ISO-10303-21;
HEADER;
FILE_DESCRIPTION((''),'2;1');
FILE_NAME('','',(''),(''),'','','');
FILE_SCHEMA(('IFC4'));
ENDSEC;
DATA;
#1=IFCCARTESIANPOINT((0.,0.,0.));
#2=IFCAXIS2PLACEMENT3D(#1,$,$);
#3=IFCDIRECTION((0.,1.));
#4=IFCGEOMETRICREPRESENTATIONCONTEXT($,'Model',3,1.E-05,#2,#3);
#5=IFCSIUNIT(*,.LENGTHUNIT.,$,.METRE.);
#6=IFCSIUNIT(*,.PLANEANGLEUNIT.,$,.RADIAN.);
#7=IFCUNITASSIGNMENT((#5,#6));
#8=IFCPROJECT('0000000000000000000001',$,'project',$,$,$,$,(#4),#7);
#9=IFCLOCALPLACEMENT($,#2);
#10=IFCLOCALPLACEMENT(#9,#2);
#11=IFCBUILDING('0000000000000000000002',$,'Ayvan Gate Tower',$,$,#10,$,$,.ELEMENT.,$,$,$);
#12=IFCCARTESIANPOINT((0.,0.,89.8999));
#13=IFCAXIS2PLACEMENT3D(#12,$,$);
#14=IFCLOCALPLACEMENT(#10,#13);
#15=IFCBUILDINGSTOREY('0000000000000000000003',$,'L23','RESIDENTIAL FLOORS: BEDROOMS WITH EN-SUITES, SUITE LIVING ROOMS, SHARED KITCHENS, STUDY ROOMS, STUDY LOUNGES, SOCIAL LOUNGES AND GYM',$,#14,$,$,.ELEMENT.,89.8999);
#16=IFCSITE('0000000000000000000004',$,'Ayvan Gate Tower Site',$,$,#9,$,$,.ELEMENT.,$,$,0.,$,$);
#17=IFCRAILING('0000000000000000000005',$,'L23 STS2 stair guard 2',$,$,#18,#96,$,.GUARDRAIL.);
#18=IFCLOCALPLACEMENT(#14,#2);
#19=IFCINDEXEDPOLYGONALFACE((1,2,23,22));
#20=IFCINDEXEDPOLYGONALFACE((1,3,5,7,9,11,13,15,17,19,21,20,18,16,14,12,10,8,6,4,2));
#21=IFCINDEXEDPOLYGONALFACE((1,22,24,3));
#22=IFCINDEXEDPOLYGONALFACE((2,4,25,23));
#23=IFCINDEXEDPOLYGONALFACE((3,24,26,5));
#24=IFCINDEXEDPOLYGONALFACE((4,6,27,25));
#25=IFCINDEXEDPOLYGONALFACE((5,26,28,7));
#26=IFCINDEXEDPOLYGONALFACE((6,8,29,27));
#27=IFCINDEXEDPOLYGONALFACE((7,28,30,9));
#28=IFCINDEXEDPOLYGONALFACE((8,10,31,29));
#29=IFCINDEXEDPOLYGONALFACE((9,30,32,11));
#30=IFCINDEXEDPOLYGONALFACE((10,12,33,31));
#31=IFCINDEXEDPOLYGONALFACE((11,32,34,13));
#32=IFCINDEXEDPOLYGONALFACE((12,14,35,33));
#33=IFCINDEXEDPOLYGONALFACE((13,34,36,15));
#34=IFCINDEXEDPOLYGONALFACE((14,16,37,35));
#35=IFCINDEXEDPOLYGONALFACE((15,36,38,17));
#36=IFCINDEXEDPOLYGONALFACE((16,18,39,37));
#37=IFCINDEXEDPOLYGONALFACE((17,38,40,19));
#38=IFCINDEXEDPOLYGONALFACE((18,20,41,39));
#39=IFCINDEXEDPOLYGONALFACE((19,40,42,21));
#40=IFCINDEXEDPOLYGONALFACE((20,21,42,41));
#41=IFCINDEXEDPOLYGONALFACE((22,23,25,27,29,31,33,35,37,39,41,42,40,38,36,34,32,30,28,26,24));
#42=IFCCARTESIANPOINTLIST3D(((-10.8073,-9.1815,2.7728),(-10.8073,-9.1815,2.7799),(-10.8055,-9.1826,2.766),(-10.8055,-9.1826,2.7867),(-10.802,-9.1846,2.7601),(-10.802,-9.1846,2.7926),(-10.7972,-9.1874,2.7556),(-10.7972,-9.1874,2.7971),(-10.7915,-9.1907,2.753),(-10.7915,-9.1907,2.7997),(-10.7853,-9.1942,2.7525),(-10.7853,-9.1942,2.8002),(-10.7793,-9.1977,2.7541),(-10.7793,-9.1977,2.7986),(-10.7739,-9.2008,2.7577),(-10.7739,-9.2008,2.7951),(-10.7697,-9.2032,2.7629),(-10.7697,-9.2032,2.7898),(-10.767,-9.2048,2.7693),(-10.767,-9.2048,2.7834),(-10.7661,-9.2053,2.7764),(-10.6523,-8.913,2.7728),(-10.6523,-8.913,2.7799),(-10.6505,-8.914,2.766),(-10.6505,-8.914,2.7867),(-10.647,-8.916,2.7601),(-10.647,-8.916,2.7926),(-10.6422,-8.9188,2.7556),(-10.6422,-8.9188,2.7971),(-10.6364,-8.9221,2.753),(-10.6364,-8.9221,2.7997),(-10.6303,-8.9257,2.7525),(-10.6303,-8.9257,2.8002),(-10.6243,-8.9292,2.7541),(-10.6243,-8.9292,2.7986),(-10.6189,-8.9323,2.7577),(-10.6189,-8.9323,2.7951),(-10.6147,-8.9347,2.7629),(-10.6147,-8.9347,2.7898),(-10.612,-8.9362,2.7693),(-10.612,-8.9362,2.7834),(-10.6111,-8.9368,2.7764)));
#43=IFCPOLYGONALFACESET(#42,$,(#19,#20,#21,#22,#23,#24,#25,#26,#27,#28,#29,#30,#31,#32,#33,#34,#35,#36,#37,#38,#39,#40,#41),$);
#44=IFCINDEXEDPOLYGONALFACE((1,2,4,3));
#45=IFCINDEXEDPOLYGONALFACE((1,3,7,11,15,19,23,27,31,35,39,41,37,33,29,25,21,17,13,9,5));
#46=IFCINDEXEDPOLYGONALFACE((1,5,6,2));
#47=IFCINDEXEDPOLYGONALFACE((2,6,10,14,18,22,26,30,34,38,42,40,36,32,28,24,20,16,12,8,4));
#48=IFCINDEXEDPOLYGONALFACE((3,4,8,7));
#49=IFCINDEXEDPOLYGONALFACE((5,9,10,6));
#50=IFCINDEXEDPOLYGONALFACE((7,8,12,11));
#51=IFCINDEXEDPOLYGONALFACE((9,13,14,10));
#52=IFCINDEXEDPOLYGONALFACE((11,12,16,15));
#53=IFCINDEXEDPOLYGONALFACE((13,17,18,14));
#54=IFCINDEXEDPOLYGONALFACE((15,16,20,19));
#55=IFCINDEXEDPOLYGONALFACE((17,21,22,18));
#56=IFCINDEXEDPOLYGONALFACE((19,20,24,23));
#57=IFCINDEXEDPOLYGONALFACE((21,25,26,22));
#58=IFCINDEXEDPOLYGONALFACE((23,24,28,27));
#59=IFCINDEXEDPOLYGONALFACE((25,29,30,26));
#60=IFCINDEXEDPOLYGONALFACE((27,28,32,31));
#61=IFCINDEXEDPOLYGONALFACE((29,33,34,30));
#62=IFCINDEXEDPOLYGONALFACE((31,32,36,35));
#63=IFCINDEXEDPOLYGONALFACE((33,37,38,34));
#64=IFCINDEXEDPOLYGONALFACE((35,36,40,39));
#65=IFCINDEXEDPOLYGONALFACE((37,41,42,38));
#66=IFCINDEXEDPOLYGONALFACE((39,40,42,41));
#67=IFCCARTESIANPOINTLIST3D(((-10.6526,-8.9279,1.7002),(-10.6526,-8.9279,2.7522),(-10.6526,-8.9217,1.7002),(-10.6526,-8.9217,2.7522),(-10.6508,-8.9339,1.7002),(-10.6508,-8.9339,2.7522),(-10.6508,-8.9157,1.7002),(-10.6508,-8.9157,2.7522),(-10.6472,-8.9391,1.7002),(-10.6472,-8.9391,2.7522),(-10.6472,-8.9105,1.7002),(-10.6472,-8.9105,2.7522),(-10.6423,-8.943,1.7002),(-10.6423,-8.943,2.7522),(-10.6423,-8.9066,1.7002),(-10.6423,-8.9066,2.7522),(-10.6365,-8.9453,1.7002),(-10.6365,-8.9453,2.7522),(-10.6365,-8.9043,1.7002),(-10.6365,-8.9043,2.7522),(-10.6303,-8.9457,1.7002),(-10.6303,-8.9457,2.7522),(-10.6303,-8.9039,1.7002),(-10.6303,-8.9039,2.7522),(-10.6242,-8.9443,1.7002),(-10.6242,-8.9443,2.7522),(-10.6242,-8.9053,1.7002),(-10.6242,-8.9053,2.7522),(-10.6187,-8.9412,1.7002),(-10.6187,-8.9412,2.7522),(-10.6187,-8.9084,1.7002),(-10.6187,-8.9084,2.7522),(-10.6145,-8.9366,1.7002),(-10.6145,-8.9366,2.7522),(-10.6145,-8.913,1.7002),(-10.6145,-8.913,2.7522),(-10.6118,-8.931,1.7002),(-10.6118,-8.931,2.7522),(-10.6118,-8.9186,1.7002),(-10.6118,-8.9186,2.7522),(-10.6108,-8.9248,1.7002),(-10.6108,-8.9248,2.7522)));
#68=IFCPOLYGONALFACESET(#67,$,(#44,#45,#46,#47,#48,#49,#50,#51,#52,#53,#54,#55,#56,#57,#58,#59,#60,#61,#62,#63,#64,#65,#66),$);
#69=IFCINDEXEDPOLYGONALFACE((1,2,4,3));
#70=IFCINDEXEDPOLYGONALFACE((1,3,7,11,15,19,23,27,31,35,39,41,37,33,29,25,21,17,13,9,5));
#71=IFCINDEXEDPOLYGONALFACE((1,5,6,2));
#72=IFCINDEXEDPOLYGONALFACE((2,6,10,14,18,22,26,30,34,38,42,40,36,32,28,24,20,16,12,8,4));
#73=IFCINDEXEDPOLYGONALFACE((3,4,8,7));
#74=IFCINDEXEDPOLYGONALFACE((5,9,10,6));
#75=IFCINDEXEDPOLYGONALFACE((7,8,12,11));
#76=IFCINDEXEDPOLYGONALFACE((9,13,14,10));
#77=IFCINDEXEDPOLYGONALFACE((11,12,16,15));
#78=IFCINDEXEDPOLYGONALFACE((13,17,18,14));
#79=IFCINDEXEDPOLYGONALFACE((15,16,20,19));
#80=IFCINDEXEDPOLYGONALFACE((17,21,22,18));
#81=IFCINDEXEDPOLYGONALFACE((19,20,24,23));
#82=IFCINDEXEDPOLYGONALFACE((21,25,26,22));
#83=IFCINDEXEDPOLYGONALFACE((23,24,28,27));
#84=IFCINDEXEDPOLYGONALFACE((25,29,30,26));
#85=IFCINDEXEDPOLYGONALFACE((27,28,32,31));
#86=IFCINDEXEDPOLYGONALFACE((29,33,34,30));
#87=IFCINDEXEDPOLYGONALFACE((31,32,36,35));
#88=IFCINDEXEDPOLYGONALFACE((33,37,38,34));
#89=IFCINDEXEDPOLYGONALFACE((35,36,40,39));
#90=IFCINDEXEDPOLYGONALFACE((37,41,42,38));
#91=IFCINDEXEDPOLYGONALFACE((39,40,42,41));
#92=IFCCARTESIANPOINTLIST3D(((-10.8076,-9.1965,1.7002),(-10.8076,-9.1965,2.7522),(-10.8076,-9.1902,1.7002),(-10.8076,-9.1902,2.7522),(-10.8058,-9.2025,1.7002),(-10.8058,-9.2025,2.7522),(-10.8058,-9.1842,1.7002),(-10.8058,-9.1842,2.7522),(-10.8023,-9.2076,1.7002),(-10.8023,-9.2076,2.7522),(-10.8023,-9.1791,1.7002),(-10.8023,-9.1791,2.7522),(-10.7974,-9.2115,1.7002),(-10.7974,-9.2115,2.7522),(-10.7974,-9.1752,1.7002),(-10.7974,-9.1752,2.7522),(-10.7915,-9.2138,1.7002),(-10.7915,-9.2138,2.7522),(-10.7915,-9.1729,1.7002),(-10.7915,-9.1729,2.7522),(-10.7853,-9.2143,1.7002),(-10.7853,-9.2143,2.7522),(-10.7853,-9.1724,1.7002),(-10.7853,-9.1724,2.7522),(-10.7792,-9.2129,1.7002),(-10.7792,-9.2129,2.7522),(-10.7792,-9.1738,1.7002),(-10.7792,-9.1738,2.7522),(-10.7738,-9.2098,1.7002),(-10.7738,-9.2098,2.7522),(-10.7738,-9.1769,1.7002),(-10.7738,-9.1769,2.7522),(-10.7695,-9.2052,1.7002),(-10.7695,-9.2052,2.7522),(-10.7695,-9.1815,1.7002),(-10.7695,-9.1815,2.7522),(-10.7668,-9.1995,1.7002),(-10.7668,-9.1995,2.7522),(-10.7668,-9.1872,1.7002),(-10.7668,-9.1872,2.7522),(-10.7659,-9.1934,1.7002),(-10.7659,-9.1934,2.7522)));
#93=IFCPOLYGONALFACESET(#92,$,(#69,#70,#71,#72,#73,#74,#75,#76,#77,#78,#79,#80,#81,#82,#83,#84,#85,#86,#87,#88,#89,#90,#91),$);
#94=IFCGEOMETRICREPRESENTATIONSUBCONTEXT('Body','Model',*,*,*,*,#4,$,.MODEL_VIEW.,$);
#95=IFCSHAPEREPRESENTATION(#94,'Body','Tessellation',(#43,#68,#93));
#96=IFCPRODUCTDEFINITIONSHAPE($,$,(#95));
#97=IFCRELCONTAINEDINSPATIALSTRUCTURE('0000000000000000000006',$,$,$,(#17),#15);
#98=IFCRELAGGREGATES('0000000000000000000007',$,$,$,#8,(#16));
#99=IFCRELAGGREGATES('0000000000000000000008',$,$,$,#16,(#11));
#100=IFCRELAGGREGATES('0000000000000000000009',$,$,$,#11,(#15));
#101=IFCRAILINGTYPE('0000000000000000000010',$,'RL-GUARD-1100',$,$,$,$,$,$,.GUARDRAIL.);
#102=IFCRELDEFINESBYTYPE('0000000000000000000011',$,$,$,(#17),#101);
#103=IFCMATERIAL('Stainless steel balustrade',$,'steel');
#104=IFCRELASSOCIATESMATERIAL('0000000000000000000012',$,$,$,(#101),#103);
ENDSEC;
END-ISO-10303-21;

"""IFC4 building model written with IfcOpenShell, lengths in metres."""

from ifc_helpers import new_model, si_unit, direction, frame, origin, origin_2d, place, context, subcontext, project, spatial, circle, extrude, material, type_object, element, save


model = new_model("IFC4")

# Units and contexts
model_context = context("Model", 3, precision=1e-05, world=origin(), true_north=direction((0.0, 1.0)))
body_context = subcontext(model_context, "Body", "Model", "MODEL_VIEW")
ifc_project = project(units=[si_unit("LENGTHUNIT", "METRE"), si_unit("PLANEANGLEUNIT", "RADIAN")], contexts=[model_context])

# Site, building, storey
site_placement = place(None, origin())
site = spatial("IfcSite", under=ifc_project, at=site_placement, Name="Ayvan Gate Tower Site", CompositionType="ELEMENT", RefElevation=0.0)
building_placement = place(site_placement, origin())
building = spatial("IfcBuilding", under=site, at=building_placement, Name="Ayvan Gate Tower", CompositionType="ELEMENT")
storey_placement = place(building_placement, frame((0.0, 0.0, 89.8999)))
storey = spatial("IfcBuildingStorey", under=building, at=storey_placement, Name="L23", Description="RESIDENTIAL FLOORS: BEDROOMS WITH EN-SUITES, SUITE LIVING ROOMS, SHARED KITCHENS, STUDY ROOMS, STUDY LOUNGES, SOCIAL LOUNGES AND GYM", CompositionType="ELEMENT", Elevation=89.8999)

# Railing
ifc_material_1 = material(Name="Stainless steel balustrade", Category="steel")
railing_type_1 = type_object("IfcRailingType", Name="RL-GUARD-1100", PredefinedType="GUARDRAIL", material=ifc_material_1)
railing_1_placement = place(storey_placement, frame((-10.6318, -8.9248, 1.7002)))
element("IfcRailing", 1, at=railing_1_placement, inside=storey, type_object=railing_type_1, Name="L23 STS2 stair guard 2", PredefinedType="GUARDRAIL", context=body_context, shape_type="SweptSolid", body=[
    extrude(circle(Radius=0.0239, at=origin_2d()), frame((0.0, 0.0, 1.0762), z_axis=(-0.49995, -0.866054, 0.0), x_axis=(0.866054, -0.49995, 0.0)), (0.0, 0.0, 1.0), 0.3101),
    extrude(circle(Radius=0.021, at=origin_2d()), origin(), (0.0, 0.0, 1.0), 1.052),
    extrude(circle(Radius=0.021, at=origin_2d()), frame((-0.155, -0.2686, 0.0)), (0.0, 0.0, 1.0), 1.052),
])

save(model, "model.ifc")
